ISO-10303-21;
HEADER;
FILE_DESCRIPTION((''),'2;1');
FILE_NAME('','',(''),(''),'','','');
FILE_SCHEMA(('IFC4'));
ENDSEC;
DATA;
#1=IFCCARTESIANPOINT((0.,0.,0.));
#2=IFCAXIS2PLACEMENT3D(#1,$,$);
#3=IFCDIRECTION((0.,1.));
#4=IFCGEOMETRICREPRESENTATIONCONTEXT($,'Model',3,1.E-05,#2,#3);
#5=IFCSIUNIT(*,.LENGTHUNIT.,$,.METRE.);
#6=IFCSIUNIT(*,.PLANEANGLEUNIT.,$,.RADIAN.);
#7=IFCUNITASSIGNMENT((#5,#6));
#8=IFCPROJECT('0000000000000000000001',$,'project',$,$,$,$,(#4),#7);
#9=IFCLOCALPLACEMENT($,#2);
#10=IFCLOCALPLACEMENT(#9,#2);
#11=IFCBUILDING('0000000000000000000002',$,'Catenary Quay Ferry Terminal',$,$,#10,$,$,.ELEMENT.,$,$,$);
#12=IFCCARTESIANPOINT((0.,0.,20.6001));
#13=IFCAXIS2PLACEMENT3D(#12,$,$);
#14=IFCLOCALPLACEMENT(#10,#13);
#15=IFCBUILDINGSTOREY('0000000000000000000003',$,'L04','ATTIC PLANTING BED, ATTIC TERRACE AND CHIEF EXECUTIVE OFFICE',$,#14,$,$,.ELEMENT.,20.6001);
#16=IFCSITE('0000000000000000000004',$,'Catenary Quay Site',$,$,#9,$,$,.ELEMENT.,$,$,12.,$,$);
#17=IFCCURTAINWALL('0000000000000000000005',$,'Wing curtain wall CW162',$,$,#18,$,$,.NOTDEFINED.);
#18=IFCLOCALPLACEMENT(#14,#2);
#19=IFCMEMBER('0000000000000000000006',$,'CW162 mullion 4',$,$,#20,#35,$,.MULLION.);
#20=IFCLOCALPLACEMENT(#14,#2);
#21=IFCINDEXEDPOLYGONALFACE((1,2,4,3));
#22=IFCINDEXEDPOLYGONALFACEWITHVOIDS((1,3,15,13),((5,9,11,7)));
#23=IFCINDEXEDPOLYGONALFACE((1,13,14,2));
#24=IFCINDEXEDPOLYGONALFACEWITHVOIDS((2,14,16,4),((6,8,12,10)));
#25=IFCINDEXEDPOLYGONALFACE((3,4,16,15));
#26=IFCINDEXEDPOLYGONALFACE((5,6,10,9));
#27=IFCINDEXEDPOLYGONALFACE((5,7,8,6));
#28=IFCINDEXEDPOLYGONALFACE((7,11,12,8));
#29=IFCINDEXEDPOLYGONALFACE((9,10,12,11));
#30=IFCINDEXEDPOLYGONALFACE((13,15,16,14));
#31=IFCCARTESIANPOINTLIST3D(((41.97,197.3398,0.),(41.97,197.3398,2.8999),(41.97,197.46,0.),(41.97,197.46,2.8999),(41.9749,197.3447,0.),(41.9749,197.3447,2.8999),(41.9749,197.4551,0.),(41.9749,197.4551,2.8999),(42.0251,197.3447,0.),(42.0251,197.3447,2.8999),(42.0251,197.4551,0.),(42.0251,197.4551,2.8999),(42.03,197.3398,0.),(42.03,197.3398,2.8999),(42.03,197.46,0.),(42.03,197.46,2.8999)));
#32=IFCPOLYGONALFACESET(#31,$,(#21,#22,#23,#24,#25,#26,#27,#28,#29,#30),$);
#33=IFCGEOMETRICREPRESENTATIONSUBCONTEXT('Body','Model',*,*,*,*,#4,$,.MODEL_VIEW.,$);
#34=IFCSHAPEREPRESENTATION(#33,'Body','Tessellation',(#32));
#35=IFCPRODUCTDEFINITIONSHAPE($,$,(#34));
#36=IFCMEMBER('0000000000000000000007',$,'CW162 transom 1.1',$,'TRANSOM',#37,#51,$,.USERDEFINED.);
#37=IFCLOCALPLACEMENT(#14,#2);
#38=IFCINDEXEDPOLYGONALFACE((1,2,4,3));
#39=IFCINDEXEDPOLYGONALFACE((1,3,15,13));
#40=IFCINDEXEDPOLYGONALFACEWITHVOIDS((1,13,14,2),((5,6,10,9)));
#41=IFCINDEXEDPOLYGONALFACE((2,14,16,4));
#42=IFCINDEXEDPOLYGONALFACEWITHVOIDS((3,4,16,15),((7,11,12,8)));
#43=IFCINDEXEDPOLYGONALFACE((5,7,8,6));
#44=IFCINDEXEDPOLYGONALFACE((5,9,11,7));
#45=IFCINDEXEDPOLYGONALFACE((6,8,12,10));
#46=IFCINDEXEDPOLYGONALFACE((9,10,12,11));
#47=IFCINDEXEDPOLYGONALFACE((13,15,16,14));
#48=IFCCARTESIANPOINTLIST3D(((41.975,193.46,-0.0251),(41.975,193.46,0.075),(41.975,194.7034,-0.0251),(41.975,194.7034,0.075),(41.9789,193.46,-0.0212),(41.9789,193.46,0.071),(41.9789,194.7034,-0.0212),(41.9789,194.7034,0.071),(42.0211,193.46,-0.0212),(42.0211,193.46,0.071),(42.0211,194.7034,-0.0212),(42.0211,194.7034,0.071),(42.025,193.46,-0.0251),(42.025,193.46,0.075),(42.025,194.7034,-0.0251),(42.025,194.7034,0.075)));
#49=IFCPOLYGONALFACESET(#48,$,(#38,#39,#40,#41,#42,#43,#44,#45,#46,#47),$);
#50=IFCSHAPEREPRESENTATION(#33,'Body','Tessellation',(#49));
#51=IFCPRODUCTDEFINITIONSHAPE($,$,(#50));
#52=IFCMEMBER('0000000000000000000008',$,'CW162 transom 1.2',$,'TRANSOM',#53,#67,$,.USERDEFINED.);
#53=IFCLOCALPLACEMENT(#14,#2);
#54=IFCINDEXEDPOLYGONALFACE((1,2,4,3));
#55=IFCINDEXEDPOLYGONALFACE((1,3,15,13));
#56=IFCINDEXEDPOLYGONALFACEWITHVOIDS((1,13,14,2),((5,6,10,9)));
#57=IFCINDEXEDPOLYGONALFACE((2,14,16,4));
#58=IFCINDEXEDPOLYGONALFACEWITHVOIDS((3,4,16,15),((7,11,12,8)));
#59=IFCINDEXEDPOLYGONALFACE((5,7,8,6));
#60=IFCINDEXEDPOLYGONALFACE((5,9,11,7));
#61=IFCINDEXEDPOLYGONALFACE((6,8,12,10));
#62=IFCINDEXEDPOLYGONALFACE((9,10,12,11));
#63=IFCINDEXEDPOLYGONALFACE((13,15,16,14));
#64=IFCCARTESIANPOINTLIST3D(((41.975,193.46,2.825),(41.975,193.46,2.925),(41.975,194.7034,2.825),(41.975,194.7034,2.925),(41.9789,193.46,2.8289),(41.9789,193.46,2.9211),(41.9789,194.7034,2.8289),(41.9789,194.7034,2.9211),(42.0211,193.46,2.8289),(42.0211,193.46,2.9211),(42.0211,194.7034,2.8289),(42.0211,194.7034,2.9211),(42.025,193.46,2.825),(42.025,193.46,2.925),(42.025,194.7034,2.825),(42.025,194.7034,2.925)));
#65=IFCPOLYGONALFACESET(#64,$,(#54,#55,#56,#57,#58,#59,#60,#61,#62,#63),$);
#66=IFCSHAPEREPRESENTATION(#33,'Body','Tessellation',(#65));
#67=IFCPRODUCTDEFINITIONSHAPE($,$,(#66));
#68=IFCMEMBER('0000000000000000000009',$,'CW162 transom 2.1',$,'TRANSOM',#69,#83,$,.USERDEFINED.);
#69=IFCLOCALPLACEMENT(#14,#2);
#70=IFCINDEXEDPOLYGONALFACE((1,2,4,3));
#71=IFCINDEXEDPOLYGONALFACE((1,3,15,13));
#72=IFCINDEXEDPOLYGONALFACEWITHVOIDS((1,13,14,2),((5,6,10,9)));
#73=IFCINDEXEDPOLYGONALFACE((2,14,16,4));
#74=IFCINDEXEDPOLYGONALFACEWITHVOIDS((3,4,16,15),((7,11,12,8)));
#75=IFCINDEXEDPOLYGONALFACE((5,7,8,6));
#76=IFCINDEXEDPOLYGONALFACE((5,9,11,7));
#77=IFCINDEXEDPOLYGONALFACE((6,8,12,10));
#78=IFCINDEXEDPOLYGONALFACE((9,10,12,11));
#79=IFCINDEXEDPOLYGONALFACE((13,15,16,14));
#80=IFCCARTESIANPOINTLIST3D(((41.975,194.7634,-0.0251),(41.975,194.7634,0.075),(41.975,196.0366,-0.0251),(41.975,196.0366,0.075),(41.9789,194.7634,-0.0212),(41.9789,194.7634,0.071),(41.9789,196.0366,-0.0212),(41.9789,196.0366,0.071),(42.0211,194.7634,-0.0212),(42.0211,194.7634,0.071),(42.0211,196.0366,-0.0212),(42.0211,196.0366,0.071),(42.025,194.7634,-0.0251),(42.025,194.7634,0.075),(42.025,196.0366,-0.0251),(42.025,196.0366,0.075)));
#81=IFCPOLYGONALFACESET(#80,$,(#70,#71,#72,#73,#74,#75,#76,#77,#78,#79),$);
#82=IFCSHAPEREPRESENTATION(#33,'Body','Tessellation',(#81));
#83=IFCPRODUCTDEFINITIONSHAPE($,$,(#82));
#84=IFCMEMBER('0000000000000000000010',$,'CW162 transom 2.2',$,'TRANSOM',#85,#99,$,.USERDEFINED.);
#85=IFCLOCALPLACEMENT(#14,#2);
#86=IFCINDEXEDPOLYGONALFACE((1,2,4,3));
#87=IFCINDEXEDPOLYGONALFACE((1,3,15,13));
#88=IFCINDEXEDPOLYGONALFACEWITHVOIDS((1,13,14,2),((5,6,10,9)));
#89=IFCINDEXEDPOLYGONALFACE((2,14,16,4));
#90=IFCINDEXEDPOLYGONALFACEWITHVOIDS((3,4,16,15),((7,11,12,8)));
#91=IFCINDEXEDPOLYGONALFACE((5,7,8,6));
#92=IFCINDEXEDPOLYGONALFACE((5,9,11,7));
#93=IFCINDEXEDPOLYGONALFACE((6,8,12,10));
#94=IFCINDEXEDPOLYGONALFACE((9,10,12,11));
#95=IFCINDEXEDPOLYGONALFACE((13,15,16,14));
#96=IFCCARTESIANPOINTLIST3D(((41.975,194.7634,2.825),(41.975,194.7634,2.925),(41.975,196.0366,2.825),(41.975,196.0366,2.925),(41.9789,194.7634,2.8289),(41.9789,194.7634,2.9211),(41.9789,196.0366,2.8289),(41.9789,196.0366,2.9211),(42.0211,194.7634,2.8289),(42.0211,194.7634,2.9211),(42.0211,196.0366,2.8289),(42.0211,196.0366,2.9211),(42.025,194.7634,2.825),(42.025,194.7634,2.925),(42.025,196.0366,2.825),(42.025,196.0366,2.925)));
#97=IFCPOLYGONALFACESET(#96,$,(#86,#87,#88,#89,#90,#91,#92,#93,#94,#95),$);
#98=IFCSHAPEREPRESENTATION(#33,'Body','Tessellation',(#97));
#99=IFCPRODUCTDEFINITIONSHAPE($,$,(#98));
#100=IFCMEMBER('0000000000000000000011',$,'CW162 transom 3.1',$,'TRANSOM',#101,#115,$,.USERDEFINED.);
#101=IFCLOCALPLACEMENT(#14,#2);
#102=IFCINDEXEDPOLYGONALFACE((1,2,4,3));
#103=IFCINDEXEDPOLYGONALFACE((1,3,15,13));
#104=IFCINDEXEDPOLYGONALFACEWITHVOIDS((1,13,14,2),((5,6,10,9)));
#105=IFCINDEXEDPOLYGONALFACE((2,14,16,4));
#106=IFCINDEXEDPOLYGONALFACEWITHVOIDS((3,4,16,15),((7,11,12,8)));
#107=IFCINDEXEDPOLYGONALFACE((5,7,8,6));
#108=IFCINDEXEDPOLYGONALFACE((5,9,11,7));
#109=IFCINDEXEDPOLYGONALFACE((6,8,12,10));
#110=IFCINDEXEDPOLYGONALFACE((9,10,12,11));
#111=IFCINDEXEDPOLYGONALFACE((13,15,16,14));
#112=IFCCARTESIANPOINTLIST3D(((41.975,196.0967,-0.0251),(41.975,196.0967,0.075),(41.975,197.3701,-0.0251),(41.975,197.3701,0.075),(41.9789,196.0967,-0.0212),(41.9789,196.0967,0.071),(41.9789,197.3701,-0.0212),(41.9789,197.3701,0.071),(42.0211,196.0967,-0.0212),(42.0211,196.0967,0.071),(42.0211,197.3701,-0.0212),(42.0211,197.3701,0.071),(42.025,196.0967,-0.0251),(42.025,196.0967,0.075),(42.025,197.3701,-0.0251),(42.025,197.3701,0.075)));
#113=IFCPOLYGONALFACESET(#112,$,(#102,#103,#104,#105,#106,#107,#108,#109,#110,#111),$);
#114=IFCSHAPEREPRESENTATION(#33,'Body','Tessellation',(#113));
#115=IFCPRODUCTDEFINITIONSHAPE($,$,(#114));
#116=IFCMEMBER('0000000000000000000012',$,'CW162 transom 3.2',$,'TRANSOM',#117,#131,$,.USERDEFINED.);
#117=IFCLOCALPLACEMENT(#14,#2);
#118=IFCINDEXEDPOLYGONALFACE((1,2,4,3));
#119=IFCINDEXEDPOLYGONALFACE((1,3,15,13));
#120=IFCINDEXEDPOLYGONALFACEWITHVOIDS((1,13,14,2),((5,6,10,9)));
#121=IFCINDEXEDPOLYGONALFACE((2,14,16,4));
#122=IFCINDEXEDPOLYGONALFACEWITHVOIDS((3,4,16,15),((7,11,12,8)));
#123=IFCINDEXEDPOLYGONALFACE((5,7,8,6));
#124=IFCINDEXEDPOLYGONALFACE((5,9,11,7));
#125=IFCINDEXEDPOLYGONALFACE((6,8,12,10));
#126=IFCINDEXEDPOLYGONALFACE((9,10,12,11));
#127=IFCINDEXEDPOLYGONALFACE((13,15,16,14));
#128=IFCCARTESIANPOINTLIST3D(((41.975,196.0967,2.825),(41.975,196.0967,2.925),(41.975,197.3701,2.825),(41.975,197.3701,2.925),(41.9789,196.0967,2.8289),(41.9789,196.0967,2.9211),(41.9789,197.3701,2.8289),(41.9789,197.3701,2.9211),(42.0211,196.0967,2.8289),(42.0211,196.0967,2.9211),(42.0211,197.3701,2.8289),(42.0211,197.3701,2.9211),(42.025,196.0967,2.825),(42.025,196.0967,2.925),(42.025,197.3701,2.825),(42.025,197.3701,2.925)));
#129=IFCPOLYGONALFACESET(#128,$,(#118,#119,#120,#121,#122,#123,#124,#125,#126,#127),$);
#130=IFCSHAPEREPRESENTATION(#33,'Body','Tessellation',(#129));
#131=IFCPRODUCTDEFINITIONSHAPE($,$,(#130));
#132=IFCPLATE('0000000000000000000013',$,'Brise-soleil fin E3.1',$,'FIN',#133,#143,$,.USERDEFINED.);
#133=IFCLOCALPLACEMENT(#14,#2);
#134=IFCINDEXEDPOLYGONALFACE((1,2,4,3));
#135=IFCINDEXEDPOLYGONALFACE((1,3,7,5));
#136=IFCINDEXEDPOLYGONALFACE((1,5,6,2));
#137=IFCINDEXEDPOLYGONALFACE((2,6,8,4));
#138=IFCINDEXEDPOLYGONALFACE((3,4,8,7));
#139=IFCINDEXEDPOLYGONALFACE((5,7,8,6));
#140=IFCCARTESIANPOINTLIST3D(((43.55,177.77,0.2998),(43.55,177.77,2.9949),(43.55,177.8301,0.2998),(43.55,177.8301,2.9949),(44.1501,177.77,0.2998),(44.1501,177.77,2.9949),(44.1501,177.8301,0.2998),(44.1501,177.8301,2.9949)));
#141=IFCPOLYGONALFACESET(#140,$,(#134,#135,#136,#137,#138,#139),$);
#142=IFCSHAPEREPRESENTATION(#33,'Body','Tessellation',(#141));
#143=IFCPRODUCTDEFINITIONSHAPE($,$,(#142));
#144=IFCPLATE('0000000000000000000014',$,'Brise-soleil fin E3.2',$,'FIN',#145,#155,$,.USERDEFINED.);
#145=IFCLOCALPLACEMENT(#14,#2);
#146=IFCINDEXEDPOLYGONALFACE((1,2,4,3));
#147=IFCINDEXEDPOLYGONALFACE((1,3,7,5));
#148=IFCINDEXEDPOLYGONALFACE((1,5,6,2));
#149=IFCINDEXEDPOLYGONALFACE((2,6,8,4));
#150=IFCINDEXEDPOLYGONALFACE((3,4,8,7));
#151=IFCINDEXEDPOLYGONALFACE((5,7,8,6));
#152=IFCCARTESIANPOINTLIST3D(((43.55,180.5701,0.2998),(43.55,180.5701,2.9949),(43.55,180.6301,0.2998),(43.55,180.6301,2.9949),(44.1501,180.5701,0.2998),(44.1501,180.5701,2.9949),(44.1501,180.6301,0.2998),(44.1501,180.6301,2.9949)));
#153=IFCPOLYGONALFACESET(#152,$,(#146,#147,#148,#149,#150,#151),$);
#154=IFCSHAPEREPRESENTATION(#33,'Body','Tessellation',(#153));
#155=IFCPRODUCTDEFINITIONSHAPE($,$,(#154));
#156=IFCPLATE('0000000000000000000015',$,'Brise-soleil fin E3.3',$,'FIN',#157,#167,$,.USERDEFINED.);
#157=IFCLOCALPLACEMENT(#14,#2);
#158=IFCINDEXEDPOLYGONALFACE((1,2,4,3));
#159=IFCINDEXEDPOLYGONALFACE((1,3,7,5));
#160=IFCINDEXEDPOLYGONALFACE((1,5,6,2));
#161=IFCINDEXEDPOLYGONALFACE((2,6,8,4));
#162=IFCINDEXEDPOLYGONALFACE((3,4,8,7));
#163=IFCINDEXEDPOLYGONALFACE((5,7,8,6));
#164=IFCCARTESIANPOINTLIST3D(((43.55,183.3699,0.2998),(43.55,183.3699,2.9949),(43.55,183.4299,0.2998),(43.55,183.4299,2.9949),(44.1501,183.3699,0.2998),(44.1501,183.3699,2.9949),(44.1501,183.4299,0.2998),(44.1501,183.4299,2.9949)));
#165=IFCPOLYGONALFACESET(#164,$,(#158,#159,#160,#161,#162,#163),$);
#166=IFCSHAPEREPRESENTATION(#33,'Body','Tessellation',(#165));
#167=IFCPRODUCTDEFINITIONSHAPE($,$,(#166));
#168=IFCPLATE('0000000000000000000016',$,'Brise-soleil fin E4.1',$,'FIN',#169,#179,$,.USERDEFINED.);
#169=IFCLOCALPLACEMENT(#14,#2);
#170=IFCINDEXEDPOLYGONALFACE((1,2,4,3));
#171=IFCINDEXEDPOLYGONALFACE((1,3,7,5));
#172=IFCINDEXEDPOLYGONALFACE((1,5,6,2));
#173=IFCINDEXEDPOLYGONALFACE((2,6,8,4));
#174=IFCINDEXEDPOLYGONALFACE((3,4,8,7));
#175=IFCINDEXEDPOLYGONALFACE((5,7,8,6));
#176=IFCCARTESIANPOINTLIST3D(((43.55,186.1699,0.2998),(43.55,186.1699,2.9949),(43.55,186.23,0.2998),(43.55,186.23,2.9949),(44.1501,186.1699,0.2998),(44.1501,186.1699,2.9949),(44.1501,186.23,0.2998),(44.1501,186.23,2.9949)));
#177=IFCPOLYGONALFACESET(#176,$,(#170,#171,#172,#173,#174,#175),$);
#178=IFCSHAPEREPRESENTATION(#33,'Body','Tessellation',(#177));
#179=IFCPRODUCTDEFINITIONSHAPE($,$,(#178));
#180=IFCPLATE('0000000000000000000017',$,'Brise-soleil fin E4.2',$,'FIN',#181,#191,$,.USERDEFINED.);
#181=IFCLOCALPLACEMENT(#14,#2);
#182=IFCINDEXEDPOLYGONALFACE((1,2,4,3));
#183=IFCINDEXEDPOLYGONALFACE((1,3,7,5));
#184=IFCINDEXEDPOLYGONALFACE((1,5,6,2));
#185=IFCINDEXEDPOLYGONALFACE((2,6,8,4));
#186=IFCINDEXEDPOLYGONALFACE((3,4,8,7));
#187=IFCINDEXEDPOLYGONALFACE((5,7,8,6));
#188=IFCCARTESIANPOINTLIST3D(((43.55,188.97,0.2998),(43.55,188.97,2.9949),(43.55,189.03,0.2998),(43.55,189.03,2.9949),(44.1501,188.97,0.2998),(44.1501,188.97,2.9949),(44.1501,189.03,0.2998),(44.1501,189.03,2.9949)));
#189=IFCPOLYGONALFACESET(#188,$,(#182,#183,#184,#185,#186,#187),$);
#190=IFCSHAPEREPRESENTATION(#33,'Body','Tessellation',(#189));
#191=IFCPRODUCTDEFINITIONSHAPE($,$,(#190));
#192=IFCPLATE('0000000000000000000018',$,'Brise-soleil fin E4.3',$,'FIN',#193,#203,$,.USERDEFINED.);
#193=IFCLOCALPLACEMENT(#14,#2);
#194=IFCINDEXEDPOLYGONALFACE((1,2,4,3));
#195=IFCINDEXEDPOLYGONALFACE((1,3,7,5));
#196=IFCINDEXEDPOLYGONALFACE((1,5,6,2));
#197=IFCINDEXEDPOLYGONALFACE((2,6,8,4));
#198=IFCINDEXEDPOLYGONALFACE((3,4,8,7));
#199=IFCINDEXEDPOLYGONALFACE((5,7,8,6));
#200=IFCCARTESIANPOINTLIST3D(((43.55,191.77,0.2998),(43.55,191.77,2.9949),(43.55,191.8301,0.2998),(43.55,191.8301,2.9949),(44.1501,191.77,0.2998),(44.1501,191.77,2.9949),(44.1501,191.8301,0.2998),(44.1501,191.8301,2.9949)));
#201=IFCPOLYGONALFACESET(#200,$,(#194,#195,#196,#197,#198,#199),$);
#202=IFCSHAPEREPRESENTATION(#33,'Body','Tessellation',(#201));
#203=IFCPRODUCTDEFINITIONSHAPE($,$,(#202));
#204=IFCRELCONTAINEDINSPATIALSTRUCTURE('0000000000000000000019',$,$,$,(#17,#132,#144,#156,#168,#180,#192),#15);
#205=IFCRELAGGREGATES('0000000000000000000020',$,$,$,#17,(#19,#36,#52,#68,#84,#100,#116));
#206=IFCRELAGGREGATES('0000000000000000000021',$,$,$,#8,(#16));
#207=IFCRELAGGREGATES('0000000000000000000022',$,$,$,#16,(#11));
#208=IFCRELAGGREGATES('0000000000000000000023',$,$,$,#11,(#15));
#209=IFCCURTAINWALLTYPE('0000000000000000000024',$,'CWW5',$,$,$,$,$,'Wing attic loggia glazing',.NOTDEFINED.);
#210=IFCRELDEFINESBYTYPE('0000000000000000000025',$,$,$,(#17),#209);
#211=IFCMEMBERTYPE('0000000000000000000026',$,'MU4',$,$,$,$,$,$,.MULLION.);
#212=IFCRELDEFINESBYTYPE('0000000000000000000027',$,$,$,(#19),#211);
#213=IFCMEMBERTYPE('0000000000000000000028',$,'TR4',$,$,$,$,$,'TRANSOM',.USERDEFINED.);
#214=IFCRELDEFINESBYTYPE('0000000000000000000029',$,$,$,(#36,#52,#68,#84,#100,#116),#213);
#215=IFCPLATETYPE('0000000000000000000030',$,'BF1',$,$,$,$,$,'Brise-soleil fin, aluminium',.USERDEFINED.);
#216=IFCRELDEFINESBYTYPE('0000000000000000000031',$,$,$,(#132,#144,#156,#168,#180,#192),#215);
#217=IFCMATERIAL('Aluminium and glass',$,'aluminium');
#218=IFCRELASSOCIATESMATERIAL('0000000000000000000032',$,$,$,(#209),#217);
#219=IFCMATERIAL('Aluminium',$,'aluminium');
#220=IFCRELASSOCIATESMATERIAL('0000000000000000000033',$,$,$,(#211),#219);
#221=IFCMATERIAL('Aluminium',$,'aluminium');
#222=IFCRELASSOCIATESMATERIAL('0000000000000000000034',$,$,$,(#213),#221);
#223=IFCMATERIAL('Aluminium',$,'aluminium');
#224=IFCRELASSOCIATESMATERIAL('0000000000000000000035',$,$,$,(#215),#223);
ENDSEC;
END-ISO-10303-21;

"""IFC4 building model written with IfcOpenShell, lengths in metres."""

from ifc_helpers import new_model, si_unit, direction, frame, origin, origin_2d, place, context, subcontext, project, spatial, rectangle, hollow_rectangle, extrude, material, material_profile, profile_set, type_object, element, aggregate, save


model = new_model("IFC4")

# Units and contexts
model_context = context("Model", 3, precision=1e-05, world=origin(), true_north=direction((0.0, 1.0)))
body_context = subcontext(model_context, "Body", "Model", "MODEL_VIEW")
ifc_project = project(units=[si_unit("LENGTHUNIT", "METRE"), si_unit("PLANEANGLEUNIT", "RADIAN")], contexts=[model_context])

# Site, building, storey
site_placement = place(None, origin())
site = spatial("IfcSite", under=ifc_project, at=site_placement, Name="Catenary Quay Site", CompositionType="ELEMENT", RefElevation=12.0)
building_placement = place(site_placement, origin())
building = spatial("IfcBuilding", under=site, at=building_placement, Name="Catenary Quay Ferry Terminal", CompositionType="ELEMENT")
storey_placement = place(building_placement, frame((0.0, 0.0, 20.6001)))
storey = spatial("IfcBuildingStorey", under=building, at=storey_placement, Name="L04", Description="ATTIC PLANTING BED, ATTIC TERRACE AND CHIEF EXECUTIVE OFFICE", CompositionType="ELEMENT", Elevation=20.6001)

# Curtain wall, members
ifc_material_1 = material(Name="Aluminium and glass", Category="aluminium")
curtain_wall_type = type_object("IfcCurtainWallType", Name="CWW5", ElementType="Wing attic loggia glazing", PredefinedType="NOTDEFINED", material=ifc_material_1)
curtain_wall_placement = place(storey_placement, origin())
curtain_wall = element("IfcCurtainWall", 1, at=curtain_wall_placement, inside=storey, type_object=curtain_wall_type, Name="Wing curtain wall CW162", PredefinedType="NOTDEFINED")
ifc_material_2 = material(Name="Aluminium", Category="aluminium")
ifc_material_profile_1 = material_profile(ifc_material_2, hollow_rectangle(XDim=0.0601, YDim=0.1201, WallThickness=0.0049, at=origin_2d()), Name="MU4")
ifc_profile_set_1 = profile_set([ifc_material_profile_1], Name="Aluminium")
member_type_1 = type_object("IfcMemberType", Name="MU4", PredefinedType="MULLION", material=ifc_profile_set_1)
member_1_placement = place(storey_placement, frame((42.0, 197.3999, 0.0), z_axis=(0.0, 0.0, 1.0), x_axis=(-1.0, 0.0, 0.0)))
member_1 = element("IfcMember", 2, at=member_1_placement, type_object=member_type_1, Name="CW162 mullion 4", PredefinedType="MULLION", context=body_context, shape_type="SweptSolid", body=[
    extrude(hollow_rectangle(XDim=0.0601, YDim=0.1201, WallThickness=0.0049, at=origin_2d()), origin(), (0.0, 0.0, 1.0), 2.8999),
])
ifc_material_3 = material(Name="Aluminium", Category="aluminium")
ifc_material_profile_2 = material_profile(ifc_material_3, hollow_rectangle(XDim=0.05, YDim=0.1001, WallThickness=0.0039, at=origin_2d()), Name="TR4")
ifc_profile_set_2 = profile_set([ifc_material_profile_2], Name="Aluminium")
member_type_2 = type_object("IfcMemberType", Name="TR4", ElementType="TRANSOM", PredefinedType="USERDEFINED", material=ifc_profile_set_2)
member_2_placement = place(storey_placement, frame((42.0, 193.46, 0.0249), z_axis=(0.0, 1.0, 0.0), x_axis=(-1.0, 0.0, 0.0)))
member_2 = element("IfcMember", 3, at=member_2_placement, type_object=member_type_2, Name="CW162 transom 1.1", ObjectType="TRANSOM", PredefinedType="USERDEFINED", context=body_context, shape_type="SweptSolid", body=[
    extrude(hollow_rectangle(XDim=0.05, YDim=0.1001, WallThickness=0.0039, at=origin_2d()), origin(), (0.0, 0.0, 1.0), 1.2434),
])
member_3_placement = place(storey_placement, frame((42.0, 193.46, 2.875), z_axis=(0.0, 1.0, 0.0), x_axis=(-1.0, 0.0, 0.0)))
member_3 = element("IfcMember", 4, at=member_3_placement, type_object=member_type_2, Name="CW162 transom 1.2", ObjectType="TRANSOM", PredefinedType="USERDEFINED", context=body_context, shape_type="SweptSolid", body=[
    extrude(hollow_rectangle(XDim=0.05, YDim=0.1001, WallThickness=0.0039, at=origin_2d()), origin(), (0.0, 0.0, 1.0), 1.2434),
])
member_4_placement = place(storey_placement, frame((42.0, 194.7634, 0.0249), z_axis=(0.0, 1.0, 0.0), x_axis=(-1.0, 0.0, 0.0)))
member_4 = element("IfcMember", 5, at=member_4_placement, type_object=member_type_2, Name="CW162 transom 2.1", ObjectType="TRANSOM", PredefinedType="USERDEFINED", context=body_context, shape_type="SweptSolid", body=[
    extrude(hollow_rectangle(XDim=0.05, YDim=0.1001, WallThickness=0.0039, at=origin_2d()), origin(), (0.0, 0.0, 1.0), 1.2732),
])
member_5_placement = place(storey_placement, frame((42.0, 194.7634, 2.875), z_axis=(0.0, 1.0, 0.0), x_axis=(-1.0, 0.0, 0.0)))
member_5 = element("IfcMember", 6, at=member_5_placement, type_object=member_type_2, Name="CW162 transom 2.2", ObjectType="TRANSOM", PredefinedType="USERDEFINED", context=body_context, shape_type="SweptSolid", body=[
    extrude(hollow_rectangle(XDim=0.05, YDim=0.1001, WallThickness=0.0039, at=origin_2d()), origin(), (0.0, 0.0, 1.0), 1.2732),
])
member_6_placement = place(storey_placement, frame((42.0, 196.0967, 0.0249), z_axis=(0.0, 1.0, 0.0), x_axis=(-1.0, 0.0, 0.0)))
member_6 = element("IfcMember", 7, at=member_6_placement, type_object=member_type_2, Name="CW162 transom 3.1", ObjectType="TRANSOM", PredefinedType="USERDEFINED", context=body_context, shape_type="SweptSolid", body=[
    extrude(hollow_rectangle(XDim=0.05, YDim=0.1001, WallThickness=0.0039, at=origin_2d()), origin(), (0.0, 0.0, 1.0), 1.2734),
])
member_7_placement = place(storey_placement, frame((42.0, 196.0967, 2.875), z_axis=(0.0, 1.0, 0.0), x_axis=(-1.0, 0.0, 0.0)))
member_7 = element("IfcMember", 8, at=member_7_placement, type_object=member_type_2, Name="CW162 transom 3.2", ObjectType="TRANSOM", PredefinedType="USERDEFINED", context=body_context, shape_type="SweptSolid", body=[
    extrude(hollow_rectangle(XDim=0.05, YDim=0.1001, WallThickness=0.0039, at=origin_2d()), origin(), (0.0, 0.0, 1.0), 1.2734),
])

# Plates
ifc_material_4 = material(Name="Aluminium", Category="aluminium")
ifc_material_profile_3 = material_profile(ifc_material_4, rectangle(XDim=0.0601, YDim=0.6001, at=origin_2d()), Name="BF1")
ifc_profile_set_3 = profile_set([ifc_material_profile_3], Name="Aluminium")
plate_type_1 = type_object("IfcPlateType", Name="BF1", ElementType="Brise-soleil fin, aluminium", PredefinedType="USERDEFINED", material=ifc_profile_set_3)
for number, where, z_axis, x_axis, name in (
    (9, (43.8501, 177.8, 0.2998), (0.0, 0.0, 1.0), (0.0, 1.0, 0.0), "Brise-soleil fin E3.1"),
    (10, (43.8501, 180.6001, 0.2998), (0.0, 0.0, 1.0), (0.0, 1.0, 0.0), "Brise-soleil fin E3.2"),
    (11, (43.8501, 183.3999, 0.2998), (0.0, 0.0, 1.0), (0.0, 1.0, 0.0), "Brise-soleil fin E3.3"),
    (12, (43.8501, 186.2, 0.2998), (0.0, 0.0, 1.0), (0.0, 1.0, 0.0), "Brise-soleil fin E4.1"),
    (13, (43.8501, 189.0, 0.2998), (0.0, 0.0, 1.0), (0.0, 1.0, 0.0), "Brise-soleil fin E4.2"),
    (14, (43.8501, 191.8, 0.2998), (0.0, 0.0, 1.0), (0.0, 1.0, 0.0), "Brise-soleil fin E4.3"),
):
    element("IfcPlate", number, at=place(storey_placement, frame(where, z_axis=z_axis, x_axis=x_axis)), inside=storey, type_object=plate_type_1, Name=name, ObjectType="FIN", PredefinedType="USERDEFINED", context=body_context, shape_type="SweptSolid", body=[
        extrude(rectangle(XDim=0.0601, YDim=0.6001, at=origin_2d()), origin(), (0.0, 0.0, 1.0), 2.6951),
    ])

aggregate(curtain_wall, [member_1, member_2, member_3, member_4, member_5, member_6, member_7])

save(model, "model.ifc")
